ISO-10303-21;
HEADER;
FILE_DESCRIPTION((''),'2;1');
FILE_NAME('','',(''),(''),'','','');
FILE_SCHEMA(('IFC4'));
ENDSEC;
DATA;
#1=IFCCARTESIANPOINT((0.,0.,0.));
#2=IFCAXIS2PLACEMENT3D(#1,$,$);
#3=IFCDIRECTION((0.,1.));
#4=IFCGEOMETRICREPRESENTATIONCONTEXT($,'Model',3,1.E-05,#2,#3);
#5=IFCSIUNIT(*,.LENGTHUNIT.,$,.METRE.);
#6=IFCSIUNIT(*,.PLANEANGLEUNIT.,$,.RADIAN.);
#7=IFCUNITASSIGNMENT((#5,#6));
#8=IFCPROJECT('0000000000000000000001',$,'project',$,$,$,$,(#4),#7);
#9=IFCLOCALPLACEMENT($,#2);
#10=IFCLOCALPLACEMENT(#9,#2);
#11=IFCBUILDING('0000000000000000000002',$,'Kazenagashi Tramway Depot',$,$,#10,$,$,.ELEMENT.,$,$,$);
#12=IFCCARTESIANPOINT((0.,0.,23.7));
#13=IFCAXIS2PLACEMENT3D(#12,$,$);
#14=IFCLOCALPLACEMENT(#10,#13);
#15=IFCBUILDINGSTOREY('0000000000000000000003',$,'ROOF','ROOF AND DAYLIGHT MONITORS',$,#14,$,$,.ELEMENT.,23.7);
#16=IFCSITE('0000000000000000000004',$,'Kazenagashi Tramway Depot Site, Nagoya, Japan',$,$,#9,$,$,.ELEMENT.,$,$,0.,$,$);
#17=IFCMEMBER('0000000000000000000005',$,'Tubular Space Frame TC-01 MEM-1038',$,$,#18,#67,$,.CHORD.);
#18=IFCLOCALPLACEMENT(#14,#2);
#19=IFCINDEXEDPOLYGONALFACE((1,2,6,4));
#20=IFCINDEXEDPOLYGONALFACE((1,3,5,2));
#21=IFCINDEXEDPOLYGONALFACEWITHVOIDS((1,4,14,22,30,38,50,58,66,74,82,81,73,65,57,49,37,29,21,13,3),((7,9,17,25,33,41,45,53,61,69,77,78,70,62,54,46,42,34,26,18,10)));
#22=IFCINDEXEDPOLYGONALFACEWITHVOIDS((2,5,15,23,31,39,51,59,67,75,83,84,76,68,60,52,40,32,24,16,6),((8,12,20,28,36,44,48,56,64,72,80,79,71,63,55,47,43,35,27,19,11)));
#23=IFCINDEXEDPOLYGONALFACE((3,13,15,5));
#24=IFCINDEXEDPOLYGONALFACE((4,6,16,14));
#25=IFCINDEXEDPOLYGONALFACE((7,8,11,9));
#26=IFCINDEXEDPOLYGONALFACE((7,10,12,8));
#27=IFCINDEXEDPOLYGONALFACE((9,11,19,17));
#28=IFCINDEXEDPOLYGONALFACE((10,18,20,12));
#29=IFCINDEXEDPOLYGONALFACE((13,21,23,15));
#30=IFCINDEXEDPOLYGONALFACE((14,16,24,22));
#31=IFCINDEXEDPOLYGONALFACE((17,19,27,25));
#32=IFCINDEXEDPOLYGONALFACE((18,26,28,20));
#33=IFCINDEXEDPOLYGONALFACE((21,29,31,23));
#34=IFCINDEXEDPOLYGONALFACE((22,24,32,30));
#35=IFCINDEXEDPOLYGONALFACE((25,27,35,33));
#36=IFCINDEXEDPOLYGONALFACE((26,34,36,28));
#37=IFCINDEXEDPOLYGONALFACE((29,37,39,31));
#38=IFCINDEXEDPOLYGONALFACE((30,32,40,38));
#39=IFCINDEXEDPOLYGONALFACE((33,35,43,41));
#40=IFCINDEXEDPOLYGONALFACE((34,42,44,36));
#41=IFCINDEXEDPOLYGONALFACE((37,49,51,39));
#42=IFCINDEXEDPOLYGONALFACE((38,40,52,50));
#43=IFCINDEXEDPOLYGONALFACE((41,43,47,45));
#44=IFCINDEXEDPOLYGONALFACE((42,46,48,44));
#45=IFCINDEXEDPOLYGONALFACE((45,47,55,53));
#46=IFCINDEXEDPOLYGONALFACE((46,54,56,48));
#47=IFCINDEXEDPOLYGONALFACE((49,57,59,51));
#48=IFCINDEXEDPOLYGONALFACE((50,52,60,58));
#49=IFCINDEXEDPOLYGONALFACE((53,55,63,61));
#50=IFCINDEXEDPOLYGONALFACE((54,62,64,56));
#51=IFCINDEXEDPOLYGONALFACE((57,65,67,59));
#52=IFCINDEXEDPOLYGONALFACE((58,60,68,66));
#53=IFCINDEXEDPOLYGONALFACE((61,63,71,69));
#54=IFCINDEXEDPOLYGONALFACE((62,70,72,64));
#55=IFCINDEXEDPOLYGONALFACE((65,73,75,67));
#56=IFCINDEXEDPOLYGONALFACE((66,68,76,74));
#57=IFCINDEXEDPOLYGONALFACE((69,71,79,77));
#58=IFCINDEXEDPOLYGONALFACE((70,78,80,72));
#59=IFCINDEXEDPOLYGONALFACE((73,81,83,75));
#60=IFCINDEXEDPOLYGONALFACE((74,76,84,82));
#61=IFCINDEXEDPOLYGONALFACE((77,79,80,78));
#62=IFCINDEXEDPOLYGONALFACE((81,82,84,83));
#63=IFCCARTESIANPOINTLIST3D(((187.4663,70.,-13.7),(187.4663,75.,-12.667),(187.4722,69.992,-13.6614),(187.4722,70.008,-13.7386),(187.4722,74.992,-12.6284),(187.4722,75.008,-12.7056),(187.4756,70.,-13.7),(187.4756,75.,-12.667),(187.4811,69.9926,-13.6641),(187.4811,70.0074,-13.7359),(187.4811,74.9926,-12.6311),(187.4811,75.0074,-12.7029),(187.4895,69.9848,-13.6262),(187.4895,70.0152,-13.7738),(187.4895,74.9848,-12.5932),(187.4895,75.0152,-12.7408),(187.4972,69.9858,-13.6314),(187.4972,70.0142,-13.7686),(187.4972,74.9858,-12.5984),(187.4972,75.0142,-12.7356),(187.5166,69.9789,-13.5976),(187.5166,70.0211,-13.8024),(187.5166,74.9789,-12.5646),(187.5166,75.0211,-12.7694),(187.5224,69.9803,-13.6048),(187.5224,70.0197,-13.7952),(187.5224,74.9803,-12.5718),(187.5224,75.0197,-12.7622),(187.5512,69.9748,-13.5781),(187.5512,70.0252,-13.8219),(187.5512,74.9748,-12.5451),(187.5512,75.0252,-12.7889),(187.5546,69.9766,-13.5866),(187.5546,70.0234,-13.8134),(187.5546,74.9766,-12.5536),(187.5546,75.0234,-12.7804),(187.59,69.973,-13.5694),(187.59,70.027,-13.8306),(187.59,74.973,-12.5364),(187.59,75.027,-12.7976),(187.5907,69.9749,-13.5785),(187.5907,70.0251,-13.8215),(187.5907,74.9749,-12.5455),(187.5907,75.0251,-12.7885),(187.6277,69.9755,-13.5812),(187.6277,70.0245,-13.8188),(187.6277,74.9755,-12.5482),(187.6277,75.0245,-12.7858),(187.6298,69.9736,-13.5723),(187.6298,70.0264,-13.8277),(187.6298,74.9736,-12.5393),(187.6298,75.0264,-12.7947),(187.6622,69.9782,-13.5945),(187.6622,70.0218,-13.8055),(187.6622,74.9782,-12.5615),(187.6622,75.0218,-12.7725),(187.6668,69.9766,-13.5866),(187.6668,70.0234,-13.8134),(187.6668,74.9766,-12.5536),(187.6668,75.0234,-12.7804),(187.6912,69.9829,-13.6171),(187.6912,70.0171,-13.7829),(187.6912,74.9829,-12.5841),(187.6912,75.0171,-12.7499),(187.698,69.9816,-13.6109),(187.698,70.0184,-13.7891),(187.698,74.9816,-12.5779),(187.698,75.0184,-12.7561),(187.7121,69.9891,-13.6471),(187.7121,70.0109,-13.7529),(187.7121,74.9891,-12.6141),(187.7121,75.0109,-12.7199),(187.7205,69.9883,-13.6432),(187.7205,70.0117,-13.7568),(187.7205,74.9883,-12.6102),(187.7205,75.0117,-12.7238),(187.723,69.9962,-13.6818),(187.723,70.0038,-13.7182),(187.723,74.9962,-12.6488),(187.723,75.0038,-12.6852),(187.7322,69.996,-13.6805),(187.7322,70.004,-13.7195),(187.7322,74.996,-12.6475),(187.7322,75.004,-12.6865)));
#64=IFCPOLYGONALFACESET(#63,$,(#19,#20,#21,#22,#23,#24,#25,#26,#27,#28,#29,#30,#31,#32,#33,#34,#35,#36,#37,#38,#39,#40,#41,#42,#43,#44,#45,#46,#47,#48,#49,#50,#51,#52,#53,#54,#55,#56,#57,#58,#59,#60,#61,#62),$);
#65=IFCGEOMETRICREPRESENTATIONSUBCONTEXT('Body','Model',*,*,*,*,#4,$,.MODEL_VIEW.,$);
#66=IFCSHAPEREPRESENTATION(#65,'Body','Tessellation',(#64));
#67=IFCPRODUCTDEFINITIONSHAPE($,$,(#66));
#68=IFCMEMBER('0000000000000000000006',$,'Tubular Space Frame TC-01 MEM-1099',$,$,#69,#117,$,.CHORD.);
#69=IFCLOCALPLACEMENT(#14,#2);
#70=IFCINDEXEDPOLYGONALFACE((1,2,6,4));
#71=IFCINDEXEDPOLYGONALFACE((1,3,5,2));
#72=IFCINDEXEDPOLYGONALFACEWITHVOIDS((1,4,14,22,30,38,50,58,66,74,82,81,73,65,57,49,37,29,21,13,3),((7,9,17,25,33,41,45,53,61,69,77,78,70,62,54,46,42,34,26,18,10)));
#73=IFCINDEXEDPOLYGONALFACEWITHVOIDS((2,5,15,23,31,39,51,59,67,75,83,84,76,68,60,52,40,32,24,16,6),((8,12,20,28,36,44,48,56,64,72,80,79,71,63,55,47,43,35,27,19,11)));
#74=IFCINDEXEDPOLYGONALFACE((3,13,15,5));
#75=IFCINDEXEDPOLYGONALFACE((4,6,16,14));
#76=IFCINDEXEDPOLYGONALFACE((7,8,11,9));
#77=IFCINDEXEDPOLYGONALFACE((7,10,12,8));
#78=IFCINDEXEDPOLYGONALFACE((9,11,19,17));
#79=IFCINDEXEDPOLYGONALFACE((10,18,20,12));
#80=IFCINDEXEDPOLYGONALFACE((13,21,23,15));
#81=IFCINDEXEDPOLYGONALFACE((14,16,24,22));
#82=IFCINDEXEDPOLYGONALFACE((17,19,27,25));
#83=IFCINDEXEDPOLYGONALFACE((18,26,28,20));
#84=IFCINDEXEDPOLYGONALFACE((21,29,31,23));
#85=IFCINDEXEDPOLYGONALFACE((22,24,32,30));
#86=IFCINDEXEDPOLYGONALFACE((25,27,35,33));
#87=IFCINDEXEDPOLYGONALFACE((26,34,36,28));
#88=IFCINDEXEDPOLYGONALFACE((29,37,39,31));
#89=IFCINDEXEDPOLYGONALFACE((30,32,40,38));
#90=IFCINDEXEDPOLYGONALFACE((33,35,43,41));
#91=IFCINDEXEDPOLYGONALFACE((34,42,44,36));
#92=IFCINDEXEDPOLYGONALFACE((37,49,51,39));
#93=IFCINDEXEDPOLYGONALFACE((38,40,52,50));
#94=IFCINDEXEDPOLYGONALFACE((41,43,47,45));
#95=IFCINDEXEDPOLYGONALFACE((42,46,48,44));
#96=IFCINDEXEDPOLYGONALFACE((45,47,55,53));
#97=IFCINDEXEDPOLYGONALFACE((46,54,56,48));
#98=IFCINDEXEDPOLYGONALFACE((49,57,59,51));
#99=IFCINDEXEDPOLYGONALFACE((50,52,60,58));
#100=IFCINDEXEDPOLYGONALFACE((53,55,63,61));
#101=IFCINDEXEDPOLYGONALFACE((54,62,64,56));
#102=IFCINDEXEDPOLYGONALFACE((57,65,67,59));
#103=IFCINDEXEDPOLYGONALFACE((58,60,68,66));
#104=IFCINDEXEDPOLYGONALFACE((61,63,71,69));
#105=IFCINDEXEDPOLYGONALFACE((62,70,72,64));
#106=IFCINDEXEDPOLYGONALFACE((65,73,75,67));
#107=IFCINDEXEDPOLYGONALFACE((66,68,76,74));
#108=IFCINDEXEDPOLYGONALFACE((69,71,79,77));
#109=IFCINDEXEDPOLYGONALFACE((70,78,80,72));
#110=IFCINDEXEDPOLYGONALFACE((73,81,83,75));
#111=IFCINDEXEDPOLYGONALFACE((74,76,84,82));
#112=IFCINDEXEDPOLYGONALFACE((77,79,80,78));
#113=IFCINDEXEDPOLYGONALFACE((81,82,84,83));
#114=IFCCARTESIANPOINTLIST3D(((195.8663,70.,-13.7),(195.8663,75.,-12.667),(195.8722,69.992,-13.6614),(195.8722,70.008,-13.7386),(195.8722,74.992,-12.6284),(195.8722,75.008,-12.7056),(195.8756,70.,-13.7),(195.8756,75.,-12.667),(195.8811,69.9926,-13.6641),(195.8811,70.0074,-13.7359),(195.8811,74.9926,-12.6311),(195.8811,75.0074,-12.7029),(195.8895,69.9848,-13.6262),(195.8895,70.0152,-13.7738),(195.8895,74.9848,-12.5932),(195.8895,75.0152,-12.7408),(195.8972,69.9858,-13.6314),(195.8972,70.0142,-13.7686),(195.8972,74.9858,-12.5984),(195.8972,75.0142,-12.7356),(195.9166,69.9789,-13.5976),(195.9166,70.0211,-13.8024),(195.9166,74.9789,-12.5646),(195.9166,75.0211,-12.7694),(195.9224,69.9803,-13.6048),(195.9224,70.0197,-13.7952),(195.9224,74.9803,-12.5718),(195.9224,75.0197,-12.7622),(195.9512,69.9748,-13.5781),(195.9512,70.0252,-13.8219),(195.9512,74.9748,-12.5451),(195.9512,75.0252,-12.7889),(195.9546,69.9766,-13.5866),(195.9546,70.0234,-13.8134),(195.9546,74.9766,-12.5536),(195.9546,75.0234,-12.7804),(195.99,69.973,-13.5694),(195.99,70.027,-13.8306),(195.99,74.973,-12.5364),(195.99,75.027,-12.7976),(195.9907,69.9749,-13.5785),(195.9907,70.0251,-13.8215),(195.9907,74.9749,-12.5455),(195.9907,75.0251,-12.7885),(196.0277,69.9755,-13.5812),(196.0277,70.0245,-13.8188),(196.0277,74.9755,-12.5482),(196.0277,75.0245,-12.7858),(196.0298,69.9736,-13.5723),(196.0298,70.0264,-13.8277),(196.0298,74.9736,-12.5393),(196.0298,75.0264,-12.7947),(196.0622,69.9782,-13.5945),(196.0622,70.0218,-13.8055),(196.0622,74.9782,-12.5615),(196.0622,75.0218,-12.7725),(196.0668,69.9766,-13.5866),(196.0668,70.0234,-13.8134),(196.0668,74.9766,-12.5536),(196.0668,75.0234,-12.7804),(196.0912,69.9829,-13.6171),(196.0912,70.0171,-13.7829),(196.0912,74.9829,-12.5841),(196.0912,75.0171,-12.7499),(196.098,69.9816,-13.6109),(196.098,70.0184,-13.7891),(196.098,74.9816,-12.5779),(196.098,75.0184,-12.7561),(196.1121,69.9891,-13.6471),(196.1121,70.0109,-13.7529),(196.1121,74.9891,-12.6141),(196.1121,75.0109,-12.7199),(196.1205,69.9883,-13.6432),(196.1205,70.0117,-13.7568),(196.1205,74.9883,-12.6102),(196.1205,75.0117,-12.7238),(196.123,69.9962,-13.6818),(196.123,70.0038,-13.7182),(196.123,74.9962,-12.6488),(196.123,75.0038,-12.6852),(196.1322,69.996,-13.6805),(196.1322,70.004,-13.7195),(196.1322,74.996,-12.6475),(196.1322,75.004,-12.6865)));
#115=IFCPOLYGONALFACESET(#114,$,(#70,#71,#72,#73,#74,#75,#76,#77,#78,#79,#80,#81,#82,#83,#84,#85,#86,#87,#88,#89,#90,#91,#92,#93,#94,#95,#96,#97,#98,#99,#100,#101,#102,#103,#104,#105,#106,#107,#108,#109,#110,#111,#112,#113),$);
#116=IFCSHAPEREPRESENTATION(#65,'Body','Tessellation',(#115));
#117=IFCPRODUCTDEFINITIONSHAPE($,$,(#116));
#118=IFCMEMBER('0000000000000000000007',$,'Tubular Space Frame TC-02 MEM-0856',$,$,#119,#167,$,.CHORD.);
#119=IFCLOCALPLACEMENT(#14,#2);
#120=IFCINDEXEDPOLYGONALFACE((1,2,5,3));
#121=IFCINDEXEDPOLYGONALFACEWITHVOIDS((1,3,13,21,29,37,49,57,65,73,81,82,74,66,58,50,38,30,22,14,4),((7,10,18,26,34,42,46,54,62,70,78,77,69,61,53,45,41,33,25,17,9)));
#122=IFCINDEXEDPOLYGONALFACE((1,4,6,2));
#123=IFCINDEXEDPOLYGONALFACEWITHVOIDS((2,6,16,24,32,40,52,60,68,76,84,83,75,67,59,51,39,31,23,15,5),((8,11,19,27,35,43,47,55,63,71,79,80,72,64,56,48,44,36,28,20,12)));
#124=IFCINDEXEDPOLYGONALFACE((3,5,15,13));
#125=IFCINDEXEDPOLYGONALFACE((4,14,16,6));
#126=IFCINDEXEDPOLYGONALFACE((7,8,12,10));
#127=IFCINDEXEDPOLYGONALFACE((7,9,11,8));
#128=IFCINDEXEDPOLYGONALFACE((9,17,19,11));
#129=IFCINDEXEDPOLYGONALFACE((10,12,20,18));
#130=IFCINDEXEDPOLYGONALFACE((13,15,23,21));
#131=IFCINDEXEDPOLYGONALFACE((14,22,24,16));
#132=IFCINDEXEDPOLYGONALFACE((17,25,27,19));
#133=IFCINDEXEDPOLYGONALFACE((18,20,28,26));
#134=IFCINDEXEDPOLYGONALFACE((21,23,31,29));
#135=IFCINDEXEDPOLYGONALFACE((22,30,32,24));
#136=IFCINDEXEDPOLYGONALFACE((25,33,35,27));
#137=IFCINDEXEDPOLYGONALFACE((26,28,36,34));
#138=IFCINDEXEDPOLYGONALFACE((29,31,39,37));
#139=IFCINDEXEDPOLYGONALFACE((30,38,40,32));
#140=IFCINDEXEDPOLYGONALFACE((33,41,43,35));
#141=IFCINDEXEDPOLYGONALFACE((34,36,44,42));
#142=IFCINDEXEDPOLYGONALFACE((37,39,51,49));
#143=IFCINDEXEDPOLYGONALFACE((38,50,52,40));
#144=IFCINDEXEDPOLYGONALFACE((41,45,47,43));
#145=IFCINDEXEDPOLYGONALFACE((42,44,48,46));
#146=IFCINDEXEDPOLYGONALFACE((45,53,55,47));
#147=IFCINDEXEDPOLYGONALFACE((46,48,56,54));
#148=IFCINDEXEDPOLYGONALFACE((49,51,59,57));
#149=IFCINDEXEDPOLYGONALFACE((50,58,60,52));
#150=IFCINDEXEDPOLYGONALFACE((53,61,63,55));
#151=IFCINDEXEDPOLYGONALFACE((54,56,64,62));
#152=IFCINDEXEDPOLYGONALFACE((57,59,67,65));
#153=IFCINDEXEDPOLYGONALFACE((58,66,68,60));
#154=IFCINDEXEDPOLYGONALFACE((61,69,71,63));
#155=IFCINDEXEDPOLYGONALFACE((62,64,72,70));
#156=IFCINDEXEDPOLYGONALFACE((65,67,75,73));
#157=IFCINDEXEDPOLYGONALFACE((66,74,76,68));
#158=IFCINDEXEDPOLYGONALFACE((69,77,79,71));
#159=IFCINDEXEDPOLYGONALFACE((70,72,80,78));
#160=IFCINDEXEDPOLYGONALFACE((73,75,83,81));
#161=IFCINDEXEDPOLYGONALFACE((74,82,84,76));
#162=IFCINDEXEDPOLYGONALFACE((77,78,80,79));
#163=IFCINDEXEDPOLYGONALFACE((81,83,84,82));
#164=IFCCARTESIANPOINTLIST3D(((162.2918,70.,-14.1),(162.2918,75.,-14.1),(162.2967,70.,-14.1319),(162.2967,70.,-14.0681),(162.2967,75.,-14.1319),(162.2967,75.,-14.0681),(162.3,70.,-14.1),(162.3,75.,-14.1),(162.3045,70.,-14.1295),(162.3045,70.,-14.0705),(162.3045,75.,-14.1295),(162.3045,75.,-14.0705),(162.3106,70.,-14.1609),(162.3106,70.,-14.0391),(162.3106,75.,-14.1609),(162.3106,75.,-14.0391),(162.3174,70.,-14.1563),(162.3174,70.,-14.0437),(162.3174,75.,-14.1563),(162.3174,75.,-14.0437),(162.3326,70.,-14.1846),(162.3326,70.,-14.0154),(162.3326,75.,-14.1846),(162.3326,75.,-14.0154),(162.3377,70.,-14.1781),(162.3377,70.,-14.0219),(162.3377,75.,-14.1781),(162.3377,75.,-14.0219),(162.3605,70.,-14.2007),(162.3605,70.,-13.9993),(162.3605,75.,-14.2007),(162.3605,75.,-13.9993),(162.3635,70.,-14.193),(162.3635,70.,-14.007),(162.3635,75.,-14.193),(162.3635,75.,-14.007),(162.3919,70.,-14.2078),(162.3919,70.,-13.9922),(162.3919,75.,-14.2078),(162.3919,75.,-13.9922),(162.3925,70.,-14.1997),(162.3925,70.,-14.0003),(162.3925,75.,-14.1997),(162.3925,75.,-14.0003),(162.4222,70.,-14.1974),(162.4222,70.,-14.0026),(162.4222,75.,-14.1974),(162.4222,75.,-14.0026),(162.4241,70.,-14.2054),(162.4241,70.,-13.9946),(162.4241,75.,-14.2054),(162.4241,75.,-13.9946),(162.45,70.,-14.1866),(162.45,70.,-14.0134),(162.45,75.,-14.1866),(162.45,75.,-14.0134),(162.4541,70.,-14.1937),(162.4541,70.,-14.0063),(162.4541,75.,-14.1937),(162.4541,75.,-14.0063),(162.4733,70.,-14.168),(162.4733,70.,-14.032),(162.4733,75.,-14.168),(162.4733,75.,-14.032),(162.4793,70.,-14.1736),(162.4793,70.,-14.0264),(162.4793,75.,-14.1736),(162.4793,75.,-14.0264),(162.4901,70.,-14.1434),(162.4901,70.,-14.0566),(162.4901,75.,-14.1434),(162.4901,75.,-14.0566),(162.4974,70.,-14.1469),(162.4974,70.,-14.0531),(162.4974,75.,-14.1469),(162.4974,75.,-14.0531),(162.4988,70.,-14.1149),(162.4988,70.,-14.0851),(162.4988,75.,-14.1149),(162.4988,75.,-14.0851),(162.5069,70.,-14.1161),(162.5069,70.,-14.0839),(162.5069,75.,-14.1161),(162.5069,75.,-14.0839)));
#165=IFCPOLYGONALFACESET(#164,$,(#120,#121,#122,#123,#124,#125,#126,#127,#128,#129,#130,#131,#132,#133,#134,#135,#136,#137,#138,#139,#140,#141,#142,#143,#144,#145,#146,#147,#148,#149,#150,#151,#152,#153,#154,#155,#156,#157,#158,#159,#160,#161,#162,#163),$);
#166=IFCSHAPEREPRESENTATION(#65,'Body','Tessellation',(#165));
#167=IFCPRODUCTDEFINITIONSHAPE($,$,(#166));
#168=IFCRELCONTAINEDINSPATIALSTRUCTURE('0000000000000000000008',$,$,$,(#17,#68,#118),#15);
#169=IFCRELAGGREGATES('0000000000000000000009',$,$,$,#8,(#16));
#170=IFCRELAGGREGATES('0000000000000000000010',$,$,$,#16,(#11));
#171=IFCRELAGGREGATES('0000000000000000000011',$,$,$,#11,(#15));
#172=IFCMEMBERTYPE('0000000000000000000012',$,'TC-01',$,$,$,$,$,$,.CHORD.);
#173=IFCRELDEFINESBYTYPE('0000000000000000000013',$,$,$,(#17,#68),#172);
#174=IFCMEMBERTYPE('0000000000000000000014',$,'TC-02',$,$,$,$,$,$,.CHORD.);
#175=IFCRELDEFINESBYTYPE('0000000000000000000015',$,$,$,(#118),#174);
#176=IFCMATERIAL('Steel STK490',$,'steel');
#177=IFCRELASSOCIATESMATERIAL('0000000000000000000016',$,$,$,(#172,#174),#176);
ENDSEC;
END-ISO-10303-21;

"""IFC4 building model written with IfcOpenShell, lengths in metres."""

from ifc_helpers import new_model, si_unit, direction, frame, origin, origin_2d, place, context, subcontext, project, spatial, hollow_circle, extrude, material, material_profile, profile_set, type_object, element, save


model = new_model("IFC4")

# Units and contexts
model_context = context("Model", 3, precision=1e-05, world=origin(), true_north=direction((0.0, 1.0)))
body_context = subcontext(model_context, "Body", "Model", "MODEL_VIEW")
ifc_project = project(units=[si_unit("LENGTHUNIT", "METRE"), si_unit("PLANEANGLEUNIT", "RADIAN")], contexts=[model_context])

# Site, building, storey
site_placement = place(None, origin())
site = spatial("IfcSite", under=ifc_project, at=site_placement, Name="Kazenagashi Tramway Depot Site, Nagoya, Japan", CompositionType="ELEMENT", RefElevation=0.0)
building_placement = place(site_placement, origin())
building = spatial("IfcBuilding", under=site, at=building_placement, Name="Kazenagashi Tramway Depot", CompositionType="ELEMENT")
storey_placement = place(building_placement, frame((0.0, 0.0, 23.7)))
storey = spatial("IfcBuildingStorey", under=building, at=storey_placement, Name="ROOF", Description="ROOF AND DAYLIGHT MONITORS", CompositionType="ELEMENT", Elevation=23.7)

# Members
ifc_material_1 = material(Name="Steel STK490", Category="steel")
ifc_material_profile_1 = material_profile(ifc_material_1, hollow_circle(Radius=0.1337, WallThickness=0.0093, at=origin_2d()), Name="CHS-267.4x9.3")
ifc_profile_set_1 = profile_set([ifc_material_profile_1], Name="Steel STK490")
member_type_1 = type_object("IfcMemberType", Name="TC-01", PredefinedType="CHORD", material=ifc_profile_set_1)
for number, where, z_axis, x_axis, name in (
    (1, (187.6, 70.0, -13.7), (0.0, 0.979318, 0.202327), (-1.0, 0.0, 0.0), "Tubular Space Frame TC-01 MEM-1038"),
    (2, (196.0, 70.0, -13.7), (0.0, 0.979318, 0.202327), (-1.0, 0.0, 0.0), "Tubular Space Frame TC-01 MEM-1099"),
):
    element("IfcMember", number, at=place(storey_placement, frame(where, z_axis=z_axis, x_axis=x_axis)), inside=storey, type_object=member_type_1, Name=name, PredefinedType="CHORD", context=body_context, shape_type="SweptSolid", body=[
        extrude(hollow_circle(Radius=0.1337, WallThickness=0.0093, at=origin_2d()), origin(), (0.0, 0.0, 1.0), 5.1056),
    ])
ifc_material_profile_2 = material_profile(ifc_material_1, hollow_circle(Radius=0.1081, WallThickness=0.0082, at=origin_2d()), Name="CHS-216.3x8.2")
ifc_profile_set_2 = profile_set([ifc_material_profile_2], Name="Steel STK490")
member_type_2 = type_object("IfcMemberType", Name="TC-02", PredefinedType="CHORD", material=ifc_profile_set_2)
for number, where, z_axis, x_axis, name in (
    (3, (162.4, 70.0, -14.1), (0.0, 1.0, 0.0), (-1.0, 0.0, 0.0), "Tubular Space Frame TC-02 MEM-0856"),
):
    element("IfcMember", number, at=place(storey_placement, frame(where, z_axis=z_axis, x_axis=x_axis)), inside=storey, type_object=member_type_2, Name=name, PredefinedType="CHORD", context=body_context, shape_type="SweptSolid", body=[
        extrude(hollow_circle(Radius=0.1081, WallThickness=0.0082, at=origin_2d()), origin(), (0.0, 0.0, 1.0), 5.0),
    ])

save(model, "model.ifc")
